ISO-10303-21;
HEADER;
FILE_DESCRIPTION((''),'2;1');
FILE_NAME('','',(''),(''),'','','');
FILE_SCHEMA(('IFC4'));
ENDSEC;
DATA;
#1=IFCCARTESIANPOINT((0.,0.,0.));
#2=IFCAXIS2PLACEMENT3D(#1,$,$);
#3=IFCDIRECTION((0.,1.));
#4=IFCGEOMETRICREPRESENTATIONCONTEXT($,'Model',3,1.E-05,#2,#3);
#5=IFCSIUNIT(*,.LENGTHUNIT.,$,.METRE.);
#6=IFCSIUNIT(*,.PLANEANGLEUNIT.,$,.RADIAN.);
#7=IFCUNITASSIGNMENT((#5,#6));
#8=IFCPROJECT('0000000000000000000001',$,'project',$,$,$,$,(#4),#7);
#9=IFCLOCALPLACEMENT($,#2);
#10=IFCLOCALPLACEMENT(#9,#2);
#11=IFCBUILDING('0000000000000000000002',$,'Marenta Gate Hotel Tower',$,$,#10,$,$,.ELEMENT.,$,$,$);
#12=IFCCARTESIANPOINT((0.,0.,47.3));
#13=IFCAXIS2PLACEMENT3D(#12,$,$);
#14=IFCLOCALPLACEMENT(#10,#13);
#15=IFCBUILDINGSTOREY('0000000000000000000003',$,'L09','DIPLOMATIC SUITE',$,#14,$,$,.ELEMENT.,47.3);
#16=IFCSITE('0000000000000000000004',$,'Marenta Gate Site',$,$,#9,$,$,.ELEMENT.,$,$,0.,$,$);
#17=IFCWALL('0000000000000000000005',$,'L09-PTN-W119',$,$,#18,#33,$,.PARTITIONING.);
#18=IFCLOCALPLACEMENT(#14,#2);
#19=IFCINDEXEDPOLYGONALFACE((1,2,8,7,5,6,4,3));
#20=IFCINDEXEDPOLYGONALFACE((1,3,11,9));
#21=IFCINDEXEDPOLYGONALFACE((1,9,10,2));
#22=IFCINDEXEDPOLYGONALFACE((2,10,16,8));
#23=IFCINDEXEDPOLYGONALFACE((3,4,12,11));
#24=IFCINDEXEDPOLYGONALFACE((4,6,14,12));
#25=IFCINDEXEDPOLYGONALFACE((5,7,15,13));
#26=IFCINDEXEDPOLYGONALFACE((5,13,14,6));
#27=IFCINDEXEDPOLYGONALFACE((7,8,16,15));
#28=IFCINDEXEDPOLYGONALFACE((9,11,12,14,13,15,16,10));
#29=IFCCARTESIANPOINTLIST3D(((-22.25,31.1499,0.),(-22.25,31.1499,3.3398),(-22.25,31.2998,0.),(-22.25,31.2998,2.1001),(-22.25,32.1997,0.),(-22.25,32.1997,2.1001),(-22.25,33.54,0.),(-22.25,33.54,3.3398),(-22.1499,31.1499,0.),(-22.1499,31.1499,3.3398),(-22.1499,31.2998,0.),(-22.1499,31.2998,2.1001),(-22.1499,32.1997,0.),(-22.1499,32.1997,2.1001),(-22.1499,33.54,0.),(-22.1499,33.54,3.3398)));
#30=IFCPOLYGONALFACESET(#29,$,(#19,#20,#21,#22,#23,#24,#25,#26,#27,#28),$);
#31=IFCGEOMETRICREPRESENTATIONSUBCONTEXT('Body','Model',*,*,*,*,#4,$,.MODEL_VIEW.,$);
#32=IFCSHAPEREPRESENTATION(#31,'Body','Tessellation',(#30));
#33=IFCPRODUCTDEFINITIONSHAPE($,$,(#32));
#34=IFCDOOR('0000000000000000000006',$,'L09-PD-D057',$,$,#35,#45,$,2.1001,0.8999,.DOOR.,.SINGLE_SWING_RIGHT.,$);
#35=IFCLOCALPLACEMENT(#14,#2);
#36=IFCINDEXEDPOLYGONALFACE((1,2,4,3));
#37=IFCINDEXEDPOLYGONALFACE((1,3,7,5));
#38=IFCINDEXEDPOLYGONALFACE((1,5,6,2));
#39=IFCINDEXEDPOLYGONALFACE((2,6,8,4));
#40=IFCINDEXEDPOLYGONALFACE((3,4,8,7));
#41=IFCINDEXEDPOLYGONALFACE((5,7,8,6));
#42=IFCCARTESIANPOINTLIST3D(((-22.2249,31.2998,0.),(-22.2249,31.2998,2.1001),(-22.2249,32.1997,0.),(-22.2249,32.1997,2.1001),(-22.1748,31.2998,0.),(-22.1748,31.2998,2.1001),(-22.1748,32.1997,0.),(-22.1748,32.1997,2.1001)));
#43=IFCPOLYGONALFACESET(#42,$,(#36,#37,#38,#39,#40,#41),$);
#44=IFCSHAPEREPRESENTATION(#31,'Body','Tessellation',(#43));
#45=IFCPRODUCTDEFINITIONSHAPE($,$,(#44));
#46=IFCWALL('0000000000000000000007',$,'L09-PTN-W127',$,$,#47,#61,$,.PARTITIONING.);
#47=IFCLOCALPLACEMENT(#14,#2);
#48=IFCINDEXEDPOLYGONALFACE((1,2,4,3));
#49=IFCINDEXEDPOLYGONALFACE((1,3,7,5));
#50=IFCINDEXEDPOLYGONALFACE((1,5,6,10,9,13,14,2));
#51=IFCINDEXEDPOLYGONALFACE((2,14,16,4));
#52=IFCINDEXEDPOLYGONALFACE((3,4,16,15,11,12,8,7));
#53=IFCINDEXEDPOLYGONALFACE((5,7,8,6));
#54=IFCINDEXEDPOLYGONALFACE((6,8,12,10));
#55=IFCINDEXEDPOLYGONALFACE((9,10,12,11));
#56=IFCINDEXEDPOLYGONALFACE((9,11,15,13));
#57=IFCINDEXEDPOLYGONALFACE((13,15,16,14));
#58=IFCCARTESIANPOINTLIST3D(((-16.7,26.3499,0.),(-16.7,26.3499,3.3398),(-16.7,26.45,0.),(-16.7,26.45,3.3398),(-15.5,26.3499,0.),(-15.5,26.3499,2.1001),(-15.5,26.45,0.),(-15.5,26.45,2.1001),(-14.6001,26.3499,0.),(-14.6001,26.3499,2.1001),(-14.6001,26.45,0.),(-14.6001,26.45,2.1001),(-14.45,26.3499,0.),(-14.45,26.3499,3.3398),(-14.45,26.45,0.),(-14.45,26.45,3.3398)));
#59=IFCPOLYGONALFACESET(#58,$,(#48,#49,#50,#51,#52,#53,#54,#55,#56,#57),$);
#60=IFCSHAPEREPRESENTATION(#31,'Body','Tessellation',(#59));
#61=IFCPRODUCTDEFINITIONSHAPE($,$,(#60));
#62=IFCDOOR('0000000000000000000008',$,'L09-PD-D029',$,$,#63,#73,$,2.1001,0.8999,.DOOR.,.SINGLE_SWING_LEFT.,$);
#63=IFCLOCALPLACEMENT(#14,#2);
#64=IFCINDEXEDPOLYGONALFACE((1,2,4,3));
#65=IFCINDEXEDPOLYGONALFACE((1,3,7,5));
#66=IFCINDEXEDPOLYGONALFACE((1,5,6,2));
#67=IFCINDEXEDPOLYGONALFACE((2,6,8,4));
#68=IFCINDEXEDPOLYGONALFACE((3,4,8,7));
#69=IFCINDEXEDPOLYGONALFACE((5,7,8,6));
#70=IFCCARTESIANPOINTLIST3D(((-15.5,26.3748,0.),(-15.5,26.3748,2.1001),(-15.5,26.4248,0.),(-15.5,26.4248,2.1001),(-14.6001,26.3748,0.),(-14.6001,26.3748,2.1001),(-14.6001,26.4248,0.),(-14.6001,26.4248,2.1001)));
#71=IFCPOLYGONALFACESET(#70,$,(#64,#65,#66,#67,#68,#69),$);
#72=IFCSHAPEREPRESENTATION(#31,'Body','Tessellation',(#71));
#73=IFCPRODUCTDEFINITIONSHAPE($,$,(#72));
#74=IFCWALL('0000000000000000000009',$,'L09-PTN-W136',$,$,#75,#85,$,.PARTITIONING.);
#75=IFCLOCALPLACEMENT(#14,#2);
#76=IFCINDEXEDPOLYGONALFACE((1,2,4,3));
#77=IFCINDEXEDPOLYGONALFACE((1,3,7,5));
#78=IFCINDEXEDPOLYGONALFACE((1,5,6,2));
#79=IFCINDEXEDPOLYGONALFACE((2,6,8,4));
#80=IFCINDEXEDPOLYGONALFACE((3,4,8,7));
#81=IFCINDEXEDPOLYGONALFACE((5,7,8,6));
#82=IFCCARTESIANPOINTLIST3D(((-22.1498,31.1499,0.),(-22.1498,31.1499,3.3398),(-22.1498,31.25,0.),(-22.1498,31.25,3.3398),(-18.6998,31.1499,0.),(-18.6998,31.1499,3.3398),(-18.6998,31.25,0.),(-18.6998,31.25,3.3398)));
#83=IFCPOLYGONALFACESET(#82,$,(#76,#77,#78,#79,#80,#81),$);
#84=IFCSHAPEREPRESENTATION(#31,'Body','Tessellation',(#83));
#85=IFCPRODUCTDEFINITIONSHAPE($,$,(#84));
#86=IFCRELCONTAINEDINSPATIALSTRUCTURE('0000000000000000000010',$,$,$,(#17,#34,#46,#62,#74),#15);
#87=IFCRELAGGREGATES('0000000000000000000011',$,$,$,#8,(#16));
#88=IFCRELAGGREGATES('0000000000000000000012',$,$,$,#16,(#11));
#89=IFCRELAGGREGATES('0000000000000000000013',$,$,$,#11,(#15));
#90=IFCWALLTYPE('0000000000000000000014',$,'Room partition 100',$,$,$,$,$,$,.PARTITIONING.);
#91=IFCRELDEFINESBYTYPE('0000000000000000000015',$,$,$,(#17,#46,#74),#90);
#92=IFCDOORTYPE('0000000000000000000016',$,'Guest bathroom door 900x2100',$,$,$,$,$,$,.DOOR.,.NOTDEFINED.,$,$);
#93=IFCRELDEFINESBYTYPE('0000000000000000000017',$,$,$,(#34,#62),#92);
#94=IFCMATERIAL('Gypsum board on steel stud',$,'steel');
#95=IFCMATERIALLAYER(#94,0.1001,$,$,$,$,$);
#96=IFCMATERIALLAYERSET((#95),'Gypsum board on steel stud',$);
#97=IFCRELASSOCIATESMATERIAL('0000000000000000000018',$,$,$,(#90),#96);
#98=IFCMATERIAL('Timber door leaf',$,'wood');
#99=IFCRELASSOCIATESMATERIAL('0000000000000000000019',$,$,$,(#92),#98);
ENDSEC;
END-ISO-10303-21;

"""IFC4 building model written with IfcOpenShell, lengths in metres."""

from ifc_helpers import new_model, si_unit, direction, frame, frame_2d, origin, place, context, subcontext, project, spatial, rectangle, extrude, material, layer, layer_set, type_object, element, fill, save


model = new_model("IFC4")

# Units and contexts
model_context = context("Model", 3, precision=1e-05, world=origin(), true_north=direction((0.0, 1.0)))
body_context = subcontext(model_context, "Body", "Model", "MODEL_VIEW")
ifc_project = project(units=[si_unit("LENGTHUNIT", "METRE"), si_unit("PLANEANGLEUNIT", "RADIAN")], contexts=[model_context])

# Site, building, storey
site_placement = place(None, origin())
site = spatial("IfcSite", under=ifc_project, at=site_placement, Name="Marenta Gate Site", CompositionType="ELEMENT", RefElevation=0.0)
building_placement = place(site_placement, origin())
building = spatial("IfcBuilding", under=site, at=building_placement, Name="Marenta Gate Hotel Tower", CompositionType="ELEMENT")
storey_placement = place(building_placement, frame((0.0, 0.0, 47.3)))
storey = spatial("IfcBuildingStorey", under=building, at=storey_placement, Name="L09", Description="DIPLOMATIC SUITE", CompositionType="ELEMENT", Elevation=47.3)

# Walls, openings, doors
ifc_material_1 = material(Name="Gypsum board on steel stud", Category="steel")
ifc_layer_1 = layer(ifc_material_1, 0.1001)
ifc_layer_set_1 = layer_set([ifc_layer_1], Name="Gypsum board on steel stud")
wall_type = type_object("IfcWallType", Name="Room partition 100", PredefinedType="PARTITIONING", material=ifc_layer_set_1)
wall_1_placement = place(storey_placement, frame((-22.2, 31.1499, 0.0), z_axis=(0.0, 0.0, 1.0), x_axis=(0.0, 1.0, 0.0)))
wall_1 = element("IfcWall", 1, at=wall_1_placement, inside=storey, type_object=wall_type, Name="L09-PTN-W119", PredefinedType="PARTITIONING", context=body_context, shape_type="SweptSolid", body=[
    extrude(rectangle(XDim=2.3901, YDim=0.1001, at=frame_2d((1.1951, 0.0))), origin(), (0.0, 0.0, 1.0), 3.3398),
])
opening_1_placement = place(wall_1_placement, frame((0.1499, 0.0, 0.0)))
opening_1 = element("IfcOpeningElement", 2, at=opening_1_placement, cuts=wall_1, PredefinedType="OPENING", context=body_context, shape_type="SweptSolid", body=[
    extrude(rectangle(XDim=0.8999, YDim=2.1001, at=frame_2d((0.45, 1.05))), frame((0.0, 0.05, 0.0), z_axis=(0.0, -1.0, 0.0), x_axis=(1.0, 0.0, 0.0)), (0.0, 0.0, 1.0), 0.1001),
])
ifc_material_2 = material(Name="Timber door leaf", Category="wood")
door_type = type_object("IfcDoorType", Name="Guest bathroom door 900x2100", OperationType="NOTDEFINED", PredefinedType="DOOR", material=ifc_material_2)
door_1_placement = place(opening_1_placement, origin())
door_1 = element("IfcDoor", 3, at=door_1_placement, inside=storey, type_object=door_type, Name="L09-PD-D057", OperationType="SINGLE_SWING_RIGHT", OverallHeight=2.1001, OverallWidth=0.8999, PredefinedType="DOOR", context=body_context, shape_type="SweptSolid", body=[
    extrude(rectangle(XDim=0.8999, YDim=2.1001, at=frame_2d((0.45, 1.05))), frame((0.0, 0.0249, 0.0), z_axis=(0.0, -1.0, 0.0), x_axis=(1.0, 0.0, 0.0)), (0.0, 0.0, 1.0), 0.05),
])
fill(opening_1, door_1)
wall_2_placement = place(storey_placement, frame((-16.7, 26.3999, 0.0), z_axis=(0.0, 0.0, 1.0), x_axis=(1.0, 0.0, 0.0)))
wall_2 = element("IfcWall", 4, at=wall_2_placement, inside=storey, type_object=wall_type, Name="L09-PTN-W127", PredefinedType="PARTITIONING", context=body_context, shape_type="SweptSolid", body=[
    extrude(rectangle(XDim=2.25, YDim=0.1001, at=frame_2d((1.125, 0.0))), origin(), (0.0, 0.0, 1.0), 3.3398),
])
opening_2_placement = place(wall_2_placement, frame((1.2, 0.0, 0.0)))
opening_2 = element("IfcOpeningElement", 5, at=opening_2_placement, cuts=wall_2, PredefinedType="OPENING", context=body_context, shape_type="SweptSolid", body=[
    extrude(rectangle(XDim=0.8999, YDim=2.1001, at=frame_2d((0.45, 1.05))), frame((0.0, 0.05, 0.0), z_axis=(0.0, -1.0, 0.0), x_axis=(1.0, 0.0, 0.0)), (0.0, 0.0, 1.0), 0.1001),
])
door_2_placement = place(opening_2_placement, origin())
door_2 = element("IfcDoor", 6, at=door_2_placement, inside=storey, type_object=door_type, Name="L09-PD-D029", OperationType="SINGLE_SWING_LEFT", OverallHeight=2.1001, OverallWidth=0.8999, PredefinedType="DOOR", context=body_context, shape_type="SweptSolid", body=[
    extrude(rectangle(XDim=0.8999, YDim=2.1001, at=frame_2d((0.45, 1.05))), frame((0.0, 0.0249, 0.0), z_axis=(0.0, -1.0, 0.0), x_axis=(1.0, 0.0, 0.0)), (0.0, 0.0, 1.0), 0.05),
])
fill(opening_2, door_2)

# Wall
wall_3_placement = place(storey_placement, frame((-22.1499, 31.2, 0.0), z_axis=(0.0, 0.0, 1.0), x_axis=(1.0, 0.0, 0.0)))
element("IfcWall", 7, at=wall_3_placement, inside=storey, type_object=wall_type, Name="L09-PTN-W136", PredefinedType="PARTITIONING", context=body_context, shape_type="SweptSolid", body=[
    extrude(rectangle(XDim=3.45, YDim=0.1001, at=frame_2d((1.7251, 0.0))), origin(), (0.0, 0.0, 1.0), 3.3398),
])

save(model, "model.ifc")
